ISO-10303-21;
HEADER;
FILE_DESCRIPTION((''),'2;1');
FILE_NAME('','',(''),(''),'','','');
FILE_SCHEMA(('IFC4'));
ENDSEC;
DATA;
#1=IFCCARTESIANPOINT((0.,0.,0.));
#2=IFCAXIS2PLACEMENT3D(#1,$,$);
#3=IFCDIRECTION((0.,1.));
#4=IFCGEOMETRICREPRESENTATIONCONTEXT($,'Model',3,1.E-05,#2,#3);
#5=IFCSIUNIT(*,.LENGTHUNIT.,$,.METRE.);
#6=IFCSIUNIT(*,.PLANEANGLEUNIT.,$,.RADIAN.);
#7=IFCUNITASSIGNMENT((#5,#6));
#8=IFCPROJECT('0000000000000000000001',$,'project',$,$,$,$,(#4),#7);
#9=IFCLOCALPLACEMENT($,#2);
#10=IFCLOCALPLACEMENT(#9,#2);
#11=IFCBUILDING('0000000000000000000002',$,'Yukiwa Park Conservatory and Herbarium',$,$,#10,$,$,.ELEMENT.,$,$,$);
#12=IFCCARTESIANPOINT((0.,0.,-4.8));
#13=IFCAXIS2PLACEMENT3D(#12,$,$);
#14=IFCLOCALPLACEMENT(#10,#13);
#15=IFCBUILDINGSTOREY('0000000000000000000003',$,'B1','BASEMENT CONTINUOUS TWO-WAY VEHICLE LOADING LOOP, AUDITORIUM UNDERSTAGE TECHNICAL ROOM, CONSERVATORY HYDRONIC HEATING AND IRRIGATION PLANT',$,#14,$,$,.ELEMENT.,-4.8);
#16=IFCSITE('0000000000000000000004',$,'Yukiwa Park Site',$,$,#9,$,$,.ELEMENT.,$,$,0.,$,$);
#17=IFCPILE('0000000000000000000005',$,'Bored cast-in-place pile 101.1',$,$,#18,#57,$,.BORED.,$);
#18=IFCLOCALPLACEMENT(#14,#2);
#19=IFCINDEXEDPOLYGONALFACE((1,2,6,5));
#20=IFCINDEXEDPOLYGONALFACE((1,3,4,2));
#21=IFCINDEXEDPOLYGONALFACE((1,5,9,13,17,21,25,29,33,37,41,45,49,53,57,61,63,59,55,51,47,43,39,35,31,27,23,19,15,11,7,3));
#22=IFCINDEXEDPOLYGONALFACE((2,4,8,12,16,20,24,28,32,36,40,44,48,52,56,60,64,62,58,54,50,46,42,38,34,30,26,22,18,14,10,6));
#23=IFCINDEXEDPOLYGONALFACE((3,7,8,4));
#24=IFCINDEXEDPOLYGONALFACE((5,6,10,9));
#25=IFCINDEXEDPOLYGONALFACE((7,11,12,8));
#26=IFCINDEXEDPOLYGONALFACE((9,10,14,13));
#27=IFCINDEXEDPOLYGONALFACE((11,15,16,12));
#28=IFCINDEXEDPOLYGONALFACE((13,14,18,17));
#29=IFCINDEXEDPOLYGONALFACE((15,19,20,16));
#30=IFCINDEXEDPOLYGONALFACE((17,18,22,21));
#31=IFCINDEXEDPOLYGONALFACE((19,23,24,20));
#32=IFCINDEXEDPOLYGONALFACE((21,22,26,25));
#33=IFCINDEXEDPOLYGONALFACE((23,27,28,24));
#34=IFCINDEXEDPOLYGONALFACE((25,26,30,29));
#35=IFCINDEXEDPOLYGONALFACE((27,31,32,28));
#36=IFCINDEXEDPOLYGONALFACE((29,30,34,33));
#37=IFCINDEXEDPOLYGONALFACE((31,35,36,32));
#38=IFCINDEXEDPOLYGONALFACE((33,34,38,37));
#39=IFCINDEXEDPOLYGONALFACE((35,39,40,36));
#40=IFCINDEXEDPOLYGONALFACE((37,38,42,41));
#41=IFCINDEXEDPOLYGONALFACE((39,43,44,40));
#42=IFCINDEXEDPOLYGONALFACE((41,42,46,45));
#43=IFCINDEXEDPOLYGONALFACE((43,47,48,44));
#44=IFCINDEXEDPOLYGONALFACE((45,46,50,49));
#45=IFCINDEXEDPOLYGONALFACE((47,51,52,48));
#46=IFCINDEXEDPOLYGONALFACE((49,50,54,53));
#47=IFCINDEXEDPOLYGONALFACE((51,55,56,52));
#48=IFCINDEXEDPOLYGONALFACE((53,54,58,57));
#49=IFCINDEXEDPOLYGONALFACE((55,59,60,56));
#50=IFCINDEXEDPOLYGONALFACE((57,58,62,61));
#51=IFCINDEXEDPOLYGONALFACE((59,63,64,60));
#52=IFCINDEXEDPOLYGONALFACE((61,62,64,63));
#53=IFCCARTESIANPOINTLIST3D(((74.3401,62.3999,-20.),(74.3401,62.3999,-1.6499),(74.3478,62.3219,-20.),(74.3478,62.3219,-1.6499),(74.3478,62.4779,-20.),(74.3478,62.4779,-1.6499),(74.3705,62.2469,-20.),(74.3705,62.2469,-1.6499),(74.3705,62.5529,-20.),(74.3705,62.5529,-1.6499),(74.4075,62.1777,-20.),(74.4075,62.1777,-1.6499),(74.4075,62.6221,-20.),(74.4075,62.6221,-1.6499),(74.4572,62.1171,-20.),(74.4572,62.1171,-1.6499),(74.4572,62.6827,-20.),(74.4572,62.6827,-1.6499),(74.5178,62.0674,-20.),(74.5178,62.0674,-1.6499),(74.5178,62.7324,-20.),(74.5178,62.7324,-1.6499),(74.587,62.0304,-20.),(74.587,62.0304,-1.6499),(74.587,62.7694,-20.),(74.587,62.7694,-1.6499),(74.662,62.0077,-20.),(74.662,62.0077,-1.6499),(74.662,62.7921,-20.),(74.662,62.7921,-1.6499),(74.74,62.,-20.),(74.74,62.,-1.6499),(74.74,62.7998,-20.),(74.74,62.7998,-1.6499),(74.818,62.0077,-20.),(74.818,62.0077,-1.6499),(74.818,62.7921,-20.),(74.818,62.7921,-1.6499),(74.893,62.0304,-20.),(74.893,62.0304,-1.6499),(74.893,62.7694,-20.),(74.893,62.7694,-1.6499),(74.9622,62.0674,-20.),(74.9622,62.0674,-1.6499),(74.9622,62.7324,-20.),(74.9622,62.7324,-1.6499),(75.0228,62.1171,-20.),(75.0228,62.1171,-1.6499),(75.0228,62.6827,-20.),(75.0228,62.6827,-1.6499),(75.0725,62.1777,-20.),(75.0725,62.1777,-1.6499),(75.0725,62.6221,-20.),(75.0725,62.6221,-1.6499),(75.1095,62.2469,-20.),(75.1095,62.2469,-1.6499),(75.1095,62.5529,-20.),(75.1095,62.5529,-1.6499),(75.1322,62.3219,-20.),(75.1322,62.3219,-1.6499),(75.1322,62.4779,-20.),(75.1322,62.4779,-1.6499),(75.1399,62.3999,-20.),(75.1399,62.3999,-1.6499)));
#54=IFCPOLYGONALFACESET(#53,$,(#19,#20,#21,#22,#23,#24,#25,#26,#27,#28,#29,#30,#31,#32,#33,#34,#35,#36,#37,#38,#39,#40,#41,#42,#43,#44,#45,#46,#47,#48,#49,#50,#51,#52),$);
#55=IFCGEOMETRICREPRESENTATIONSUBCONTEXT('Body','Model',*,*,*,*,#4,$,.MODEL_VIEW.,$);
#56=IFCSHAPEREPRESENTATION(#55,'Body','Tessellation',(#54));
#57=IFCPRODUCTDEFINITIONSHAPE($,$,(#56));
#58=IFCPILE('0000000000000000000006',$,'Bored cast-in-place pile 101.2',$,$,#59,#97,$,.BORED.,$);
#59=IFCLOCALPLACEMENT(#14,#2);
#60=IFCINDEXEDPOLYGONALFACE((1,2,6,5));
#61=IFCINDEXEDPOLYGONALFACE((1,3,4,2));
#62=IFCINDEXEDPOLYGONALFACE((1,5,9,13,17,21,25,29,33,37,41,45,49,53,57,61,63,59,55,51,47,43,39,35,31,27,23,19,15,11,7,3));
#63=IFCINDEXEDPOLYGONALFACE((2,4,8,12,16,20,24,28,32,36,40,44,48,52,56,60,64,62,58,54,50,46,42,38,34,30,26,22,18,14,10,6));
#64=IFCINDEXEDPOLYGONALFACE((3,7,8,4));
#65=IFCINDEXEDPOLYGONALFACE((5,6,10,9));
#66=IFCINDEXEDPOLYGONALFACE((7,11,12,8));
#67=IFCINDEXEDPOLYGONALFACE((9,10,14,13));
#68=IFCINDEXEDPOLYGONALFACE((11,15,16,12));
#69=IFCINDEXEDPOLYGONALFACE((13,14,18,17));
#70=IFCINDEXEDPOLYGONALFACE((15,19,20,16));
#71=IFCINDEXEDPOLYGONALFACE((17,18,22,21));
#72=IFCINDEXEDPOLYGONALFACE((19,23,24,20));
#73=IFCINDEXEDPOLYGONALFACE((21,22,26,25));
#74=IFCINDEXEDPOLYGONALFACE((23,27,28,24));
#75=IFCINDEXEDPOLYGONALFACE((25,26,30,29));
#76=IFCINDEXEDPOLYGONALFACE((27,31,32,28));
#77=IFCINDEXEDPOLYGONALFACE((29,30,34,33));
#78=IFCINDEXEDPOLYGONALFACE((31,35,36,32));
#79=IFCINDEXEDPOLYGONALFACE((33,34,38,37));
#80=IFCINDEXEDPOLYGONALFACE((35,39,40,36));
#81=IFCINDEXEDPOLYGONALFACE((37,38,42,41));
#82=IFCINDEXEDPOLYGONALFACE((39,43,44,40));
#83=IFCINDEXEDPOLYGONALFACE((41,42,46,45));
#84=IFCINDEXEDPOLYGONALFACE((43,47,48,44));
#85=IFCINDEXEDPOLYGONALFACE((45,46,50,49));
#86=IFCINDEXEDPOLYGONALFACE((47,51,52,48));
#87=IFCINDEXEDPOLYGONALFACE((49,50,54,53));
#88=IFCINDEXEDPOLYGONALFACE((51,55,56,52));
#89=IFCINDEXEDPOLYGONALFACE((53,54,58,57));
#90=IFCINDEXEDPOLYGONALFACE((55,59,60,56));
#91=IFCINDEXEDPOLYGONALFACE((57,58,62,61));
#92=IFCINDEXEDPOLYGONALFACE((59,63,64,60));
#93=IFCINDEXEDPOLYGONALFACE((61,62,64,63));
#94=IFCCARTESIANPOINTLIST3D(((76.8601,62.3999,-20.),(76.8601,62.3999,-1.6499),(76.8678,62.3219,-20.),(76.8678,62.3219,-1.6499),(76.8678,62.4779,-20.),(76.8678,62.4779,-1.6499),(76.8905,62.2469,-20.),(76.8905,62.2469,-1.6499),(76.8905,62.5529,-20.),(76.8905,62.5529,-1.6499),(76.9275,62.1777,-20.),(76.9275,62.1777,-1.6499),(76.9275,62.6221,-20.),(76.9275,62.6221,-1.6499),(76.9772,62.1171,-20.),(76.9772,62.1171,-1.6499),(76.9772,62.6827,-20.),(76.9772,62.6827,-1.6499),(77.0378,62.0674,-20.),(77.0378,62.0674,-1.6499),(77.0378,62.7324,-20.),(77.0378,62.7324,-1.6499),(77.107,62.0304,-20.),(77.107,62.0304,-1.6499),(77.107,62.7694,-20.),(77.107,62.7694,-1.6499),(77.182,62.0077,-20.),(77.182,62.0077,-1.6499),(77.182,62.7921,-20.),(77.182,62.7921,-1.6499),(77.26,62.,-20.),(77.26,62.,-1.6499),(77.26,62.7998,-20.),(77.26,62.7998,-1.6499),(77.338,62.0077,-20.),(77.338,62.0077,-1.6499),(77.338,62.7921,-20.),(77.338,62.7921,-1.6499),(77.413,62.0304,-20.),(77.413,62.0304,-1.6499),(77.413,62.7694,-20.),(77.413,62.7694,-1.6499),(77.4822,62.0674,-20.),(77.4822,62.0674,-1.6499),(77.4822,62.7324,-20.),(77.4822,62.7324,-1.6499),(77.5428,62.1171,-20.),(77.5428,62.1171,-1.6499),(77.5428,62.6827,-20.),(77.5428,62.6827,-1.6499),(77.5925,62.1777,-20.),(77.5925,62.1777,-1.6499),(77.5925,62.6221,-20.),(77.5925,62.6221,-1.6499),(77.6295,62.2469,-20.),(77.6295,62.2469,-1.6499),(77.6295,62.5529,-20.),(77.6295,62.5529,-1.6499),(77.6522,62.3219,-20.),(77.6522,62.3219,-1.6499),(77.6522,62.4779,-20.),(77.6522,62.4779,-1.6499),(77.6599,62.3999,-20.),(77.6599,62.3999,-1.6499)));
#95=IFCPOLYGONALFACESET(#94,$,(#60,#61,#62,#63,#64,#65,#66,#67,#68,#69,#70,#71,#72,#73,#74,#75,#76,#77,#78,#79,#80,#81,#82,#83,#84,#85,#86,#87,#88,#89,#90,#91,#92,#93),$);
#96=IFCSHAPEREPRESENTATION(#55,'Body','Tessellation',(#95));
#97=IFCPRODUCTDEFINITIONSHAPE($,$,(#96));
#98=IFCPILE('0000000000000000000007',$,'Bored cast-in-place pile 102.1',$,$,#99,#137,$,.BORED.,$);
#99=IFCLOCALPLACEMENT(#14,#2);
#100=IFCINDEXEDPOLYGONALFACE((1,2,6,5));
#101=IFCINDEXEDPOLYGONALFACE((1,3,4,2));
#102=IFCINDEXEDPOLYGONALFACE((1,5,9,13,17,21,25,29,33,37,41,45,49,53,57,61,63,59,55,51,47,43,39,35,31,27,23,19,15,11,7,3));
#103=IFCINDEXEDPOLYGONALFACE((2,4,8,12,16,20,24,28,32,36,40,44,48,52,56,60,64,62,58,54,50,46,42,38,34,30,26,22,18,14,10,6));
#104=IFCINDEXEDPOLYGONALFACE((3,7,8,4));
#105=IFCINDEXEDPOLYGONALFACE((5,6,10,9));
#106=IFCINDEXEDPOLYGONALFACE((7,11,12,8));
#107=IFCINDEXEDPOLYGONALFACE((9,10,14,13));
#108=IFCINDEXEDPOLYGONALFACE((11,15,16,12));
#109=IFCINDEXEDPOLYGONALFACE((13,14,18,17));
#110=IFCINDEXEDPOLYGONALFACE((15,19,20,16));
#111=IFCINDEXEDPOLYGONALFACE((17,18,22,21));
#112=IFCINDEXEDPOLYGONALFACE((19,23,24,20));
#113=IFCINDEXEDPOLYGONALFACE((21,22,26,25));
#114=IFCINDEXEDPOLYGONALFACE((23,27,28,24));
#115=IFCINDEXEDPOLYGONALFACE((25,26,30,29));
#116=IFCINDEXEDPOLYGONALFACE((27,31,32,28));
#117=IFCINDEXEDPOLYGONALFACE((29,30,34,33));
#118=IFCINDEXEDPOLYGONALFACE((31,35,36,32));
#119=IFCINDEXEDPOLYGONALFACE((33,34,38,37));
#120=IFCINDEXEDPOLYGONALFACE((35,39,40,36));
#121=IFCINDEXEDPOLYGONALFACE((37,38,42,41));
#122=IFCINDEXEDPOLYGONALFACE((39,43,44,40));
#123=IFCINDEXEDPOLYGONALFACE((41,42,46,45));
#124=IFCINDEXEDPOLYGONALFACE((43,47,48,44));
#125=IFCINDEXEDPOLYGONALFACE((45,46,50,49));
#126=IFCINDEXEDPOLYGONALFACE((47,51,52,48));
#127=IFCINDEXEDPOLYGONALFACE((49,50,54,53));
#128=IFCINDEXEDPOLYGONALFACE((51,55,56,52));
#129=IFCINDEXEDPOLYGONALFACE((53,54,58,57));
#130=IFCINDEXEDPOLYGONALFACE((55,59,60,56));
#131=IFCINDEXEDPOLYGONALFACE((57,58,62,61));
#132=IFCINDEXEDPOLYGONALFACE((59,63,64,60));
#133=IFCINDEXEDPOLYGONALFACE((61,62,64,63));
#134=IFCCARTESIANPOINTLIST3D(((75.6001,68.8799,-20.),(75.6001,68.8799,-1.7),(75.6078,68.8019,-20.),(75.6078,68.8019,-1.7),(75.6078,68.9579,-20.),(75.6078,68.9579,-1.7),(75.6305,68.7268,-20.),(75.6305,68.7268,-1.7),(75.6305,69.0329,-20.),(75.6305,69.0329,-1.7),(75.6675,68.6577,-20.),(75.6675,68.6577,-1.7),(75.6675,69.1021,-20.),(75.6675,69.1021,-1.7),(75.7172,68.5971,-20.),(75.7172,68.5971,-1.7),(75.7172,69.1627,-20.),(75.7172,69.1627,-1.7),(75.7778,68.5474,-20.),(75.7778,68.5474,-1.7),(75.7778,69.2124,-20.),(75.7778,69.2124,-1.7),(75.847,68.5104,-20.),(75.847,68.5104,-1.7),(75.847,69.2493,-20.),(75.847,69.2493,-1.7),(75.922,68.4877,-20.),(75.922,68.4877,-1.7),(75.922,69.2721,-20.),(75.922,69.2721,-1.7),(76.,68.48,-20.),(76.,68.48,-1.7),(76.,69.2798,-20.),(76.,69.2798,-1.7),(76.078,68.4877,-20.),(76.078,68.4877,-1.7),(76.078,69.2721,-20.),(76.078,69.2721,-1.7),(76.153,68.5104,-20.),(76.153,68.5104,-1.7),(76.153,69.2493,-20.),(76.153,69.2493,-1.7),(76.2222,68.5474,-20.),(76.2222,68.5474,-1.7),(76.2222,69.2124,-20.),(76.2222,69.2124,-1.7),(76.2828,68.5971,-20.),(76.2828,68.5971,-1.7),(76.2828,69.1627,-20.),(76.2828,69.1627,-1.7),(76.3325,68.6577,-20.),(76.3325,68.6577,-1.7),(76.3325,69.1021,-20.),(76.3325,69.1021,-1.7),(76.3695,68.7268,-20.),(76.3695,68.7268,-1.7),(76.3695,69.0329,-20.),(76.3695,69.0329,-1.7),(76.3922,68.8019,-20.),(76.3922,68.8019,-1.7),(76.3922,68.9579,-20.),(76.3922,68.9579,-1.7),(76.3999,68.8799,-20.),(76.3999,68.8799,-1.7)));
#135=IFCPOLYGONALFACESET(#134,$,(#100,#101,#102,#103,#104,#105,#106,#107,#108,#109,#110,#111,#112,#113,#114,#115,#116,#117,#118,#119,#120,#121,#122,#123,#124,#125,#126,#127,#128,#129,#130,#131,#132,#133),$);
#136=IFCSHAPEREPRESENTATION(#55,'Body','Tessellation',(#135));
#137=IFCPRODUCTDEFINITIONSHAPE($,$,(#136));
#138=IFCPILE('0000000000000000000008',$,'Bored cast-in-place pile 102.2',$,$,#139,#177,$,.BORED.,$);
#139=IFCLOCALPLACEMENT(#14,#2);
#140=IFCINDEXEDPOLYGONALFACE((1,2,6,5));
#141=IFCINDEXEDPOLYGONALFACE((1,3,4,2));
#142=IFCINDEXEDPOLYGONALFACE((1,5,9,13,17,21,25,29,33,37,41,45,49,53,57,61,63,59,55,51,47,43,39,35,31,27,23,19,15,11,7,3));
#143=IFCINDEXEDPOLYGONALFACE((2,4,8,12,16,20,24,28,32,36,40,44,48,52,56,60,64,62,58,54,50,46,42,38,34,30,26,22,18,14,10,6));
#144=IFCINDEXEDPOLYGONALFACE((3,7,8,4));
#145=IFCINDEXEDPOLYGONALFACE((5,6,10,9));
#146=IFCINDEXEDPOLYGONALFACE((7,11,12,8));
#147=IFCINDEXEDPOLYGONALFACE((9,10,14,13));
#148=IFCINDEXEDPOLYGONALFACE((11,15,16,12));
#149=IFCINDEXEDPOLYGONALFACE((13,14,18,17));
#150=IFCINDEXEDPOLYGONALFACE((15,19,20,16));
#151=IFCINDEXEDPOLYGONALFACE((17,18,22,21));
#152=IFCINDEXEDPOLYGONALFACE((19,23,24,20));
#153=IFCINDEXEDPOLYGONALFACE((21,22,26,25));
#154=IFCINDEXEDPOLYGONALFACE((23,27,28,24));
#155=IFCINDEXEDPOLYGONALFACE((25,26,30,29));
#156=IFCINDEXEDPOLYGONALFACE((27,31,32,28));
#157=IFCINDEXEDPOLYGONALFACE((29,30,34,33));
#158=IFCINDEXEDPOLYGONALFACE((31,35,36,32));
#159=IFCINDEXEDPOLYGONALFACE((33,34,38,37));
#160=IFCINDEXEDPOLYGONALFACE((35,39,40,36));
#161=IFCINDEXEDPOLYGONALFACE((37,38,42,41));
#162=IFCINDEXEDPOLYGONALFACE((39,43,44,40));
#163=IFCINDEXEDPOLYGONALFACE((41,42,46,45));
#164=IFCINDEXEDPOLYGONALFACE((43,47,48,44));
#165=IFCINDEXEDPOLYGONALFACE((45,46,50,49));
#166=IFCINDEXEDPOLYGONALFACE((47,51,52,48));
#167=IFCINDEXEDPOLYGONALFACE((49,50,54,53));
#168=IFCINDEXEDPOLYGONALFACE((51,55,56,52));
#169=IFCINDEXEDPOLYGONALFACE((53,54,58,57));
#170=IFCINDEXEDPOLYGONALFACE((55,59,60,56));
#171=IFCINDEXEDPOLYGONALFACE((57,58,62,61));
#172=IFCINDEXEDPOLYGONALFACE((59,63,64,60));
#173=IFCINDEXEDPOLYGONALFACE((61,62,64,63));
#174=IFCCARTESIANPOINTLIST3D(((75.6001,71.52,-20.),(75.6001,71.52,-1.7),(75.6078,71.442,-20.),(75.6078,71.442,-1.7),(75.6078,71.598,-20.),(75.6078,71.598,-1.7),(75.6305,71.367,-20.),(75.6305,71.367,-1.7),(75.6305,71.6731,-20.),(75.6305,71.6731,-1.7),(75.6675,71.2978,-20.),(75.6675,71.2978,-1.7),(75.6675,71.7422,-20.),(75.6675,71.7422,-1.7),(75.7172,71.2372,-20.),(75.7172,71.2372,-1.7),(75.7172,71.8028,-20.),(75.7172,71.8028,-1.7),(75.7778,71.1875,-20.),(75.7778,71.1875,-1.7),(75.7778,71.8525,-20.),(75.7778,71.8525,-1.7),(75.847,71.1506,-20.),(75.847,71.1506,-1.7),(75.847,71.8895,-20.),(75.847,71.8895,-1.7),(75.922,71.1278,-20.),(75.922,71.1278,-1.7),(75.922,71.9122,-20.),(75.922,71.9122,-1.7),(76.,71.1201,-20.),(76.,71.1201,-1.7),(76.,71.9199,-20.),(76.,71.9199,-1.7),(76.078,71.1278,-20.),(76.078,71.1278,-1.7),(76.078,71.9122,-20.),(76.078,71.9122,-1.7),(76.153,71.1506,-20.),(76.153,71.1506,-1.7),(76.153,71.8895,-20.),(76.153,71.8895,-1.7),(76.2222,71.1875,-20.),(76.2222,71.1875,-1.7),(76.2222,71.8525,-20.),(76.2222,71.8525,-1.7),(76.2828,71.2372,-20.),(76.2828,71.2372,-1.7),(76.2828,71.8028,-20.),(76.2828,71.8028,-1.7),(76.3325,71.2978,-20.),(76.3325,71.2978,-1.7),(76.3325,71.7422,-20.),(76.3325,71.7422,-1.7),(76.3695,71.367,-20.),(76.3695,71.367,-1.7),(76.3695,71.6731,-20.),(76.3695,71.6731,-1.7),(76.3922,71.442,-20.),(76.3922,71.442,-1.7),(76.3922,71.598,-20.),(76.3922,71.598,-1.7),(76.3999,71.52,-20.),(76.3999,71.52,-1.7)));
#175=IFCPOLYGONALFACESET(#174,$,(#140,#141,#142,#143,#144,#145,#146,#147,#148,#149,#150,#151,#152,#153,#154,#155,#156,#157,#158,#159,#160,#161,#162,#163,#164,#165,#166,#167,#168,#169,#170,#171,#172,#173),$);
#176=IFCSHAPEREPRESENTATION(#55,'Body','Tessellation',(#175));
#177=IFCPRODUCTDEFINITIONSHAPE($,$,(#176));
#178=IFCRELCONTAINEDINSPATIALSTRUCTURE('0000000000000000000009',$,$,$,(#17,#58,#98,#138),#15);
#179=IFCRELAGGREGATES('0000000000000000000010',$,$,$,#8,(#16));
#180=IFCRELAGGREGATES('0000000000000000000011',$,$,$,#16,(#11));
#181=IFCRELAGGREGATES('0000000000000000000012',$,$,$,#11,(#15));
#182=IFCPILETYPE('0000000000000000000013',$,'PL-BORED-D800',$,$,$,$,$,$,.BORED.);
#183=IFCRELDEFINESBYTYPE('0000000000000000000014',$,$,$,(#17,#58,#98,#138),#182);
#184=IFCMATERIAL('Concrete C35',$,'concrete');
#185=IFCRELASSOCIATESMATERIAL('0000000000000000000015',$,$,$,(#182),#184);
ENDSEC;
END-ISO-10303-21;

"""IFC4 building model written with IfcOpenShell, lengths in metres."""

from ifc_helpers import new_model, si_unit, direction, frame, origin, origin_2d, place, context, subcontext, project, spatial, circle, extrude, material, material_profile, profile_set, type_object, element, save


model = new_model("IFC4")

# Units and contexts
model_context = context("Model", 3, precision=1e-05, world=origin(), true_north=direction((0.0, 1.0)))
body_context = subcontext(model_context, "Body", "Model", "MODEL_VIEW")
ifc_project = project(units=[si_unit("LENGTHUNIT", "METRE"), si_unit("PLANEANGLEUNIT", "RADIAN")], contexts=[model_context])

# Site, building, storey
site_placement = place(None, origin())
site = spatial("IfcSite", under=ifc_project, at=site_placement, Name="Yukiwa Park Site", CompositionType="ELEMENT", RefElevation=0.0)
building_placement = place(site_placement, origin())
building = spatial("IfcBuilding", under=site, at=building_placement, Name="Yukiwa Park Conservatory and Herbarium", CompositionType="ELEMENT")
storey_placement = place(building_placement, frame((0.0, 0.0, -4.8)))
storey = spatial("IfcBuildingStorey", under=building, at=storey_placement, Name="B1", Description="BASEMENT CONTINUOUS TWO-WAY VEHICLE LOADING LOOP, AUDITORIUM UNDERSTAGE TECHNICAL ROOM, CONSERVATORY HYDRONIC HEATING AND IRRIGATION PLANT", CompositionType="ELEMENT", Elevation=-4.8)

# Piles
ifc_material_1 = material(Name="Concrete C35", Category="concrete")
ifc_material_profile_1 = material_profile(ifc_material_1, circle(Radius=0.3999, at=origin_2d()), Name="PILE D800")
ifc_profile_set_1 = profile_set([ifc_material_profile_1], Name="Concrete C35")
pile_type_1 = type_object("IfcPileType", Name="PL-BORED-D800", PredefinedType="BORED", material=ifc_profile_set_1)
for number, where, z_axis, x_axis, name in (
    (1, (74.74, 62.3999, -1.6499), (0.0, 0.0, -1.0), (1.0, 0.0, 0.0), "Bored cast-in-place pile 101.1"),
    (2, (77.26, 62.3999, -1.6499), (0.0, 0.0, -1.0), (1.0, 0.0, 0.0), "Bored cast-in-place pile 101.2"),
):
    element("IfcPile", number, at=place(storey_placement, frame(where, z_axis=z_axis, x_axis=x_axis)), inside=storey, type_object=pile_type_1, Name=name, PredefinedType="BORED", context=body_context, shape_type="SweptSolid", body=[
        extrude(circle(Radius=0.3999, at=origin_2d()), origin(), (0.0, 0.0, 1.0), 18.3501),
    ])
for number, where, z_axis, x_axis, name in (
    (3, (76.0, 68.8799, -1.7), (0.0, 0.0, -1.0), (1.0, 0.0, 0.0), "Bored cast-in-place pile 102.1"),
    (4, (76.0, 71.52, -1.7), (0.0, 0.0, -1.0), (1.0, 0.0, 0.0), "Bored cast-in-place pile 102.2"),
):
    element("IfcPile", number, at=place(storey_placement, frame(where, z_axis=z_axis, x_axis=x_axis)), inside=storey, type_object=pile_type_1, Name=name, PredefinedType="BORED", context=body_context, shape_type="SweptSolid", body=[
        extrude(circle(Radius=0.3999, at=origin_2d()), origin(), (0.0, 0.0, 1.0), 18.3),
    ])

save(model, "model.ifc")
